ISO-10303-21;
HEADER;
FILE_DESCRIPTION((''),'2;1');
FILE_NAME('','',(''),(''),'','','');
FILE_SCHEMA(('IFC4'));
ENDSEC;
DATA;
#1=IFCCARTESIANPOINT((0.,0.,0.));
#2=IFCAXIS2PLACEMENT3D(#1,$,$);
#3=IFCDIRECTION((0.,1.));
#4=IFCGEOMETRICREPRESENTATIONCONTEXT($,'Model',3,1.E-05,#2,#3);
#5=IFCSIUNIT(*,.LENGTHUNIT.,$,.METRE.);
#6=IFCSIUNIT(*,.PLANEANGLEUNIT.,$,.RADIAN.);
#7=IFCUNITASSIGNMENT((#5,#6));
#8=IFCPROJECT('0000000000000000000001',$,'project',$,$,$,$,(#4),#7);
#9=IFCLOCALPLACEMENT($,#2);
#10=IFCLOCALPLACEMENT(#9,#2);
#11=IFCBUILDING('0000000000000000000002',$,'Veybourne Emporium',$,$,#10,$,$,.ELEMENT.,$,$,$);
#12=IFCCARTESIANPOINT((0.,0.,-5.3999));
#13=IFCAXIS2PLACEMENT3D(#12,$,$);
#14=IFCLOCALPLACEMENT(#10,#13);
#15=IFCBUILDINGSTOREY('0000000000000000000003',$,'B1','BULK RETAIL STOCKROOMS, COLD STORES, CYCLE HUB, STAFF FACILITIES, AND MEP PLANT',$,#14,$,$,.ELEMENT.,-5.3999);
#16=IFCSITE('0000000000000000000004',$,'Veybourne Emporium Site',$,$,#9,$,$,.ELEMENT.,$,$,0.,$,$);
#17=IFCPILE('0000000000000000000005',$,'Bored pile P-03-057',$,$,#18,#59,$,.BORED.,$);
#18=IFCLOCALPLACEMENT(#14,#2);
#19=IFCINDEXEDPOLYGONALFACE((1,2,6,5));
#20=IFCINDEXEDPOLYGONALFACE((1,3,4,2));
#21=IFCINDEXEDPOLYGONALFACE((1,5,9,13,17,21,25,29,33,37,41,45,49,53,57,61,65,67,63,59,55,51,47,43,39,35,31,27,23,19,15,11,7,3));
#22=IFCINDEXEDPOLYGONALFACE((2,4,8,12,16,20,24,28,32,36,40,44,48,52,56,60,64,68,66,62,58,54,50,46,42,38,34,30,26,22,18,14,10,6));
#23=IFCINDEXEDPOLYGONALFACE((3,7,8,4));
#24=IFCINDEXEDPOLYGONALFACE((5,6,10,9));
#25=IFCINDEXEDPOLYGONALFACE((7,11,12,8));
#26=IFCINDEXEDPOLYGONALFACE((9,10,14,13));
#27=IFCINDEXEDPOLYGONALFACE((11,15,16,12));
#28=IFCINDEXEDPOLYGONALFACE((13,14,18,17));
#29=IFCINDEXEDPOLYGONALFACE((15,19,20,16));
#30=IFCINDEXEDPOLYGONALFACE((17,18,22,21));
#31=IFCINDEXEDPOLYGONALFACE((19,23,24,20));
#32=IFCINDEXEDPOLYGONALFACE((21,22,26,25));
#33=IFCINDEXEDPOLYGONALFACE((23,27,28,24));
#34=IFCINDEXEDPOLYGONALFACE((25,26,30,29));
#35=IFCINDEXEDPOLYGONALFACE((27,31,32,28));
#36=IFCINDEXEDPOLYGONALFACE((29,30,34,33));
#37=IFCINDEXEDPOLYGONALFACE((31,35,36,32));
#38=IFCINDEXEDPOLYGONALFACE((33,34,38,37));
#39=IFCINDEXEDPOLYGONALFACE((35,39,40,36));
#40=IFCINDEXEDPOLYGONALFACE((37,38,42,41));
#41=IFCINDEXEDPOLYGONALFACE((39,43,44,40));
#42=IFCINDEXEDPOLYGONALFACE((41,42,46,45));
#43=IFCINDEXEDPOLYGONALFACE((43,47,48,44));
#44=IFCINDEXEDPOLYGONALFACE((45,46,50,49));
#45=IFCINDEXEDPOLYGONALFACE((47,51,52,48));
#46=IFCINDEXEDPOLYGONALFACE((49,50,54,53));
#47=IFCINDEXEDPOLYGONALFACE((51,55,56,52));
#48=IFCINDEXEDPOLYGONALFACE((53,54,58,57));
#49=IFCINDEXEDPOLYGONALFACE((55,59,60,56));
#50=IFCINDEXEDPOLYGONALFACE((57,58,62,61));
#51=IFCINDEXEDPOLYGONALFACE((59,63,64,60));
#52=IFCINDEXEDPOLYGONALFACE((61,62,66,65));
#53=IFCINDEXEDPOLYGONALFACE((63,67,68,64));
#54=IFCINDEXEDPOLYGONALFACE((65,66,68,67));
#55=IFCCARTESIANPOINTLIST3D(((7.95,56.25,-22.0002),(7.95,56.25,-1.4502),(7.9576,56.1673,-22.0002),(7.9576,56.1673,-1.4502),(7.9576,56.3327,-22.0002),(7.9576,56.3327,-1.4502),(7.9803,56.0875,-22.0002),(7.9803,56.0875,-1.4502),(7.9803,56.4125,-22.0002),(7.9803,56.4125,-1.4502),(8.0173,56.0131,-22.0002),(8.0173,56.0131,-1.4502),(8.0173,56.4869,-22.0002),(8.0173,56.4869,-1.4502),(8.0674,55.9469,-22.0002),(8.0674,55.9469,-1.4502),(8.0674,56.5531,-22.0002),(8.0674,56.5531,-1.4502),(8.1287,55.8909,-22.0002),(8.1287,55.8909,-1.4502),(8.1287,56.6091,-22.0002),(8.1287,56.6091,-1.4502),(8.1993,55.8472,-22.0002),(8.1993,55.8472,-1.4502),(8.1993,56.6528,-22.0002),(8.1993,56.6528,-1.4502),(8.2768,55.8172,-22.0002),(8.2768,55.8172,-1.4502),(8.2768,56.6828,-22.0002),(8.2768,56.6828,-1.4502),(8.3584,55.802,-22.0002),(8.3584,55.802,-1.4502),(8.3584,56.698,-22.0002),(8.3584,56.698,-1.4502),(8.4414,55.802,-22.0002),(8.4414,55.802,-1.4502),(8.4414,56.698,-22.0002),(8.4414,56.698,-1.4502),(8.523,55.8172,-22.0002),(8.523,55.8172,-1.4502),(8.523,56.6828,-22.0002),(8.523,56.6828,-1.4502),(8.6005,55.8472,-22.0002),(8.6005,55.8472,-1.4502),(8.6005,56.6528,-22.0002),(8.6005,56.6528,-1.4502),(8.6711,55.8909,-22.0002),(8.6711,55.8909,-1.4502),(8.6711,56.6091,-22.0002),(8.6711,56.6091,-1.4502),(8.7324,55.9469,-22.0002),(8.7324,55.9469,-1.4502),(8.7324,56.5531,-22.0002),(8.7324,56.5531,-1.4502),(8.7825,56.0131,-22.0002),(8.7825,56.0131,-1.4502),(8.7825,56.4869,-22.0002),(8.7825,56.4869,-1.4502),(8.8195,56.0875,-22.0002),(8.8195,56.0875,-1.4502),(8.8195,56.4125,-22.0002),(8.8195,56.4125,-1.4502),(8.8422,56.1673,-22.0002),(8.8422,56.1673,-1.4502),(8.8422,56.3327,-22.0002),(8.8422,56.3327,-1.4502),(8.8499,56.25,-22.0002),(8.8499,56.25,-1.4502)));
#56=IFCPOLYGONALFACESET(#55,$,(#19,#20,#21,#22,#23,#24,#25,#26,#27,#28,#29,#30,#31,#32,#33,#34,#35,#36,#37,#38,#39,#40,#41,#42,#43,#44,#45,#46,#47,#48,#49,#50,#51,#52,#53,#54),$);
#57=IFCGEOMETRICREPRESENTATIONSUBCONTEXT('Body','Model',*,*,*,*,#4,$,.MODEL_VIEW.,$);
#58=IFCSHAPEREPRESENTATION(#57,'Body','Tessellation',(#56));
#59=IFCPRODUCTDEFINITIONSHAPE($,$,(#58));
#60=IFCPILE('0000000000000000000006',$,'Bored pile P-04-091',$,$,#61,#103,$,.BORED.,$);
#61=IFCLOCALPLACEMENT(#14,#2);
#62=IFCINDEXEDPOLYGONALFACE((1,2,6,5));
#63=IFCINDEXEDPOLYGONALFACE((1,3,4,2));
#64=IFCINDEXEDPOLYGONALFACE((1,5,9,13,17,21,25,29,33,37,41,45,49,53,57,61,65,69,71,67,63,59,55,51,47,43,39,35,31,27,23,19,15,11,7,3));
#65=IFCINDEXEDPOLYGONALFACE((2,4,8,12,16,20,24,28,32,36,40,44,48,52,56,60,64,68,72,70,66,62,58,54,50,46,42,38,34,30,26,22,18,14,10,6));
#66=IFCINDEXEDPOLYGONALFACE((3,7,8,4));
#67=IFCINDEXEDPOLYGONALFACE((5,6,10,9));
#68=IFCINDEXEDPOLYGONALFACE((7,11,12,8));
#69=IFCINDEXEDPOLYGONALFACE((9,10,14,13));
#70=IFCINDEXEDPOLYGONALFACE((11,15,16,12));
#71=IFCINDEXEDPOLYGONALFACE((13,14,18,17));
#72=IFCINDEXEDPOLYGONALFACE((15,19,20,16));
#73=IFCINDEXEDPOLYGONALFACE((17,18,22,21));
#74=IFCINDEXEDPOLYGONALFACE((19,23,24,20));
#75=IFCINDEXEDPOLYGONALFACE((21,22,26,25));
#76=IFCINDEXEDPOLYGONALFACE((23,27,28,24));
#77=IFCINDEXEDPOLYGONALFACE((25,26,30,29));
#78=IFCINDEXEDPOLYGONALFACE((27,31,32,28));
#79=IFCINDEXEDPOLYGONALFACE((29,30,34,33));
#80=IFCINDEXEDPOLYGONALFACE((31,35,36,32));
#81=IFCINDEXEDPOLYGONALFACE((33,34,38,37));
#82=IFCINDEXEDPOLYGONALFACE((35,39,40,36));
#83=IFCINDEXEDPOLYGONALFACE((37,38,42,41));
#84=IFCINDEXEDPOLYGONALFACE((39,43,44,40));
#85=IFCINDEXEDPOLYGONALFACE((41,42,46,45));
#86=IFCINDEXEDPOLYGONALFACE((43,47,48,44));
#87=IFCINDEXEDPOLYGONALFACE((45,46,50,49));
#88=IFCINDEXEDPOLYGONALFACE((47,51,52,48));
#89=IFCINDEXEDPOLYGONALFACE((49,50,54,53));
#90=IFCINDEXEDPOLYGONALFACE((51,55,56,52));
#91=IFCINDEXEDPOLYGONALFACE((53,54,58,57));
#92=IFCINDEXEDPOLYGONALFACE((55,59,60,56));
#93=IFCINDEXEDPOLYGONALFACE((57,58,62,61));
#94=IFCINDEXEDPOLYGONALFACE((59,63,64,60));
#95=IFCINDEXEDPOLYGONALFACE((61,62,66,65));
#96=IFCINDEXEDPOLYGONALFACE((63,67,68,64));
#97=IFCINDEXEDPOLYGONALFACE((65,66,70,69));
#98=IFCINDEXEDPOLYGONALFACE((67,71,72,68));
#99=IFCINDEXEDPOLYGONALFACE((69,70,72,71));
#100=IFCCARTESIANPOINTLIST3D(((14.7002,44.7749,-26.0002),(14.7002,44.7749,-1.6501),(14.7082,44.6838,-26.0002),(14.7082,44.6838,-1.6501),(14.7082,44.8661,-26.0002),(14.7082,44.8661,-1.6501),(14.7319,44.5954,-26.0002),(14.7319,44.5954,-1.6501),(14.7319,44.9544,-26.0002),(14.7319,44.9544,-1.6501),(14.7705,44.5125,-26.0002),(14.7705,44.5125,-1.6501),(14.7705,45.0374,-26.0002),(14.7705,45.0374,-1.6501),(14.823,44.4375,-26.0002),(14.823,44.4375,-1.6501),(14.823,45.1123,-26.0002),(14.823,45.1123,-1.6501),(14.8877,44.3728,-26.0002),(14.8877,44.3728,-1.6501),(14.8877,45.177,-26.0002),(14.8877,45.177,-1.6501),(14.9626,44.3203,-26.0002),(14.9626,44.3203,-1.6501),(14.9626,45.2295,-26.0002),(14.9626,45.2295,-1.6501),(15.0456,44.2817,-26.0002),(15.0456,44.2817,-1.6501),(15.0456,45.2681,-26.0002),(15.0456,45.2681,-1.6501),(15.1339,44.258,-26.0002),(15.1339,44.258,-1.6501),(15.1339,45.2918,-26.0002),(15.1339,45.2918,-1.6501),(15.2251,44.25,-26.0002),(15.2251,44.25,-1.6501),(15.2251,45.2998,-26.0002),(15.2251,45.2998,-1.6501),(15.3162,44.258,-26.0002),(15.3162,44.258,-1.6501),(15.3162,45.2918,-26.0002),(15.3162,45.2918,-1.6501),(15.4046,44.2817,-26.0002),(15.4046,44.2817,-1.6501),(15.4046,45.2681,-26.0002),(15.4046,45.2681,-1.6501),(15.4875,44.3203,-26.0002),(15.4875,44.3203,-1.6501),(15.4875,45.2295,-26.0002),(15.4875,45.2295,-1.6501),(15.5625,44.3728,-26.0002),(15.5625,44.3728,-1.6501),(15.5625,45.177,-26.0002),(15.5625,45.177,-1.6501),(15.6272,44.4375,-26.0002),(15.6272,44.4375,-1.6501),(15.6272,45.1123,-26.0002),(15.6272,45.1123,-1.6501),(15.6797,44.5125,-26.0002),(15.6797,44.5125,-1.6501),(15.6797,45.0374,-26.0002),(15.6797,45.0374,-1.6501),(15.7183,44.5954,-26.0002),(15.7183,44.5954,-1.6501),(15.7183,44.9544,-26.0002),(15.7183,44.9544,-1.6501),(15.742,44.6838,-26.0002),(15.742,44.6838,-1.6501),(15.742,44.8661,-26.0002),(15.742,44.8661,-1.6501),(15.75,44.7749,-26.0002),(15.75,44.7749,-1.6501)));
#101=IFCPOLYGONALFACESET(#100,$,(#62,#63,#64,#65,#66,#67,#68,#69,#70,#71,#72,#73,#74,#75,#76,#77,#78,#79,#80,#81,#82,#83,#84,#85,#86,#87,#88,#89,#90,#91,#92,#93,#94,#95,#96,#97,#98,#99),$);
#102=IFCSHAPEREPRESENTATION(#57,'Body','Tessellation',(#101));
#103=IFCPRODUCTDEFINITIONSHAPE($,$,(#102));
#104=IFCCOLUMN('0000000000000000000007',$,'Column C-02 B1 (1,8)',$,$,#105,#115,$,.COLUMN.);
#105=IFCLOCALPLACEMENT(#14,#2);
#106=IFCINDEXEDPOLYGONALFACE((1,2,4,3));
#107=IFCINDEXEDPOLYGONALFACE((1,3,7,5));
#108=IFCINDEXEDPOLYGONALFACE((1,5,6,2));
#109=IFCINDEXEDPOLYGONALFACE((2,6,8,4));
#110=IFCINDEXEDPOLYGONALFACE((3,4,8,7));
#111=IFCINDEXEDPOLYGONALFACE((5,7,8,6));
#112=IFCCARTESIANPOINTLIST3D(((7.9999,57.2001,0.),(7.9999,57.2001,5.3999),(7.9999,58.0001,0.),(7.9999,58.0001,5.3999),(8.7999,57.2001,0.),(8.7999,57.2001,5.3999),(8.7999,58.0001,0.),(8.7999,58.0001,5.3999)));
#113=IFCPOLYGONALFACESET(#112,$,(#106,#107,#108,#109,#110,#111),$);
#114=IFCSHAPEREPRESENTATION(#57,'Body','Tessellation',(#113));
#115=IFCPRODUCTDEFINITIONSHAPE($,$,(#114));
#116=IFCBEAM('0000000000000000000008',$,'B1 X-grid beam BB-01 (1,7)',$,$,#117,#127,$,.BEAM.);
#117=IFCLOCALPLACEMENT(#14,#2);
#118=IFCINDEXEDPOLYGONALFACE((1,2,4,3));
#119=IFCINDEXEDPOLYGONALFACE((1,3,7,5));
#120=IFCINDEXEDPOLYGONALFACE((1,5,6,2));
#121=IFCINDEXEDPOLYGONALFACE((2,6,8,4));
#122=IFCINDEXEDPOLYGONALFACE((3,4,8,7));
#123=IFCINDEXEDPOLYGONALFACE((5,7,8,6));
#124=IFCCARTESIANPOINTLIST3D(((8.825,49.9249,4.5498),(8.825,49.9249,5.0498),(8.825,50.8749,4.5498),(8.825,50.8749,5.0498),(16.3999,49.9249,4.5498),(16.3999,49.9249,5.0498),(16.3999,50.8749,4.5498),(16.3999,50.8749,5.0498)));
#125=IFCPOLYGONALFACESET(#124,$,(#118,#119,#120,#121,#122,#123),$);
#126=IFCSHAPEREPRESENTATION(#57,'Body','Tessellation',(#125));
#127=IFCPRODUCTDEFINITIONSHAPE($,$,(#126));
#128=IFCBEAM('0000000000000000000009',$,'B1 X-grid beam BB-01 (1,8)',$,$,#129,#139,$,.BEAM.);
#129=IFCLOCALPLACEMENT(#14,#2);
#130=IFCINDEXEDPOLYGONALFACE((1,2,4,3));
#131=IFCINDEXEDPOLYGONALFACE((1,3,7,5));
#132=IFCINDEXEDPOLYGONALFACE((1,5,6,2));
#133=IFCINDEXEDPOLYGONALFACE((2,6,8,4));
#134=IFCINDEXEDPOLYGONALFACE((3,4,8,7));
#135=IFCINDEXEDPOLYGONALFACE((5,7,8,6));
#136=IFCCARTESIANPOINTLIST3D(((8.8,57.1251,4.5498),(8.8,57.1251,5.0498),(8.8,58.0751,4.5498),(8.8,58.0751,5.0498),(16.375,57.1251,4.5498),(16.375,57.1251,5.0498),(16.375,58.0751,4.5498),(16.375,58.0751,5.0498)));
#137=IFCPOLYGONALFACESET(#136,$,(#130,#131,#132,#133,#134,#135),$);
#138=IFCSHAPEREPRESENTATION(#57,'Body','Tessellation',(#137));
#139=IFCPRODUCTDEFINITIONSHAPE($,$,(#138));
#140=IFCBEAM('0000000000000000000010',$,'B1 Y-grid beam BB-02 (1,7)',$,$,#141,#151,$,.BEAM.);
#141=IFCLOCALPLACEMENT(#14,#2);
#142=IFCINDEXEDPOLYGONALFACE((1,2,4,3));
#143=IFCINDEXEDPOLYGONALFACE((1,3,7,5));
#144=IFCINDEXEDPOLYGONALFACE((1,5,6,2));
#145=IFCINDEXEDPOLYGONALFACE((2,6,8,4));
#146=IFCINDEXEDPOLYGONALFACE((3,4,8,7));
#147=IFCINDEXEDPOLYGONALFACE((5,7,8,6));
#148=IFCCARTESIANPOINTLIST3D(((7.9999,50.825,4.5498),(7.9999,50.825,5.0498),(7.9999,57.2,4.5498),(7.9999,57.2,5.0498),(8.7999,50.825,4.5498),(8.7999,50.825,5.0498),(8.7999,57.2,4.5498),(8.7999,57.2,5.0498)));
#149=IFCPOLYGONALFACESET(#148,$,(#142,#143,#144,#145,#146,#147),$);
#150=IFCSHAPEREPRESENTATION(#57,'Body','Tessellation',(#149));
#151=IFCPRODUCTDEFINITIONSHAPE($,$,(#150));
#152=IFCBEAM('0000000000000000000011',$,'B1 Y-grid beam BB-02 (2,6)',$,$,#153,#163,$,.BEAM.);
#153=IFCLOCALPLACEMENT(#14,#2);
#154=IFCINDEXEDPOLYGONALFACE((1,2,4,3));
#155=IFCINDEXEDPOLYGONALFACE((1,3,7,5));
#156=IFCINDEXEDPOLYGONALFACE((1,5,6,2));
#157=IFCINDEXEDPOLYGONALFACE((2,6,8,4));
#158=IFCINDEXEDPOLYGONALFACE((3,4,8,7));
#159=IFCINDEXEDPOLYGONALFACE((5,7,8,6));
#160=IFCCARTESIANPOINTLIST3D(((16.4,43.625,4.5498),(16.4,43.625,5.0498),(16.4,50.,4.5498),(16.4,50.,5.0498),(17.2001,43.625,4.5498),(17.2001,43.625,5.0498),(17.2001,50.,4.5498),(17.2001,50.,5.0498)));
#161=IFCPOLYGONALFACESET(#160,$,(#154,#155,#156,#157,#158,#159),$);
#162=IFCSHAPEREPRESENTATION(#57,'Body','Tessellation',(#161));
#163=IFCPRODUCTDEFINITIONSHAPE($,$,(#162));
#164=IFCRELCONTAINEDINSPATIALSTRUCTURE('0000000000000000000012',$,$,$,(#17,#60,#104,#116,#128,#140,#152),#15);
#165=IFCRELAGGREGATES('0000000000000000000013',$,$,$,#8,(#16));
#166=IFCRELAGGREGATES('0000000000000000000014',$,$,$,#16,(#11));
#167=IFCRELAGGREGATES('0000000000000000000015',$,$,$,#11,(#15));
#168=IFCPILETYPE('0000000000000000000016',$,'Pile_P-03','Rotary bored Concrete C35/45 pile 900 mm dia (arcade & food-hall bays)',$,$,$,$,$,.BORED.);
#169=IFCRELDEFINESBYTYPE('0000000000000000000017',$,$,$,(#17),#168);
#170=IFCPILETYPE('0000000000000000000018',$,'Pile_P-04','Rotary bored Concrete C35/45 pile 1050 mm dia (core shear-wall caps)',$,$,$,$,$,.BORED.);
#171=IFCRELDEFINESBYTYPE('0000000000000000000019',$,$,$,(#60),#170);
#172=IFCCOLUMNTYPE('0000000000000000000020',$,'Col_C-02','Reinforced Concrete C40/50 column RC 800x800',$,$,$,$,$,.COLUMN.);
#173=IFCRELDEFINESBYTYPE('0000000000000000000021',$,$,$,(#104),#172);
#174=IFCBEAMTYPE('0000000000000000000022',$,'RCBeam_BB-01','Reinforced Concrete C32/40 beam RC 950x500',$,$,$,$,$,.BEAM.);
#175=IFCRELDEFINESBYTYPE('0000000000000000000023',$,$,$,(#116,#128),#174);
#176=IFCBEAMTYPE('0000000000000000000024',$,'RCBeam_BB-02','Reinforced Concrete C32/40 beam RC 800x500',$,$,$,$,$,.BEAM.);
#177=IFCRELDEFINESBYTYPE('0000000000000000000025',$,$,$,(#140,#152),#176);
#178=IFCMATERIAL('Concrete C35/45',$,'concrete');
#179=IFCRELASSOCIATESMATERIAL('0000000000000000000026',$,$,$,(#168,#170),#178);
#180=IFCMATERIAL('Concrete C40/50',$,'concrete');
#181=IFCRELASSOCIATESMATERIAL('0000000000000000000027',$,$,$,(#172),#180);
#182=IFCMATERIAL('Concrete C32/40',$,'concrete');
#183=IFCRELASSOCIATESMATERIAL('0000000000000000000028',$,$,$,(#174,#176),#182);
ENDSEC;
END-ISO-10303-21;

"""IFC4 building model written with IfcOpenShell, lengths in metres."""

from ifc_helpers import new_model, si_unit, direction, frame, origin, origin_2d, place, context, subcontext, project, spatial, rectangle, circle, extrude, material, material_profile, profile_set, type_object, element, save


model = new_model("IFC4")

# Units and contexts
model_context = context("Model", 3, precision=1e-05, world=origin(), true_north=direction((0.0, 1.0)))
body_context = subcontext(model_context, "Body", "Model", "MODEL_VIEW")
ifc_project = project(units=[si_unit("LENGTHUNIT", "METRE"), si_unit("PLANEANGLEUNIT", "RADIAN")], contexts=[model_context])

# Site, building, storey
site_placement = place(None, origin())
site = spatial("IfcSite", under=ifc_project, at=site_placement, Name="Veybourne Emporium Site", CompositionType="ELEMENT", RefElevation=0.0)
building_placement = place(site_placement, origin())
building = spatial("IfcBuilding", under=site, at=building_placement, Name="Veybourne Emporium", CompositionType="ELEMENT")
storey_placement = place(building_placement, frame((0.0, 0.0, -5.3999)))
storey = spatial("IfcBuildingStorey", under=building, at=storey_placement, Name="B1", Description="BULK RETAIL STOCKROOMS, COLD STORES, CYCLE HUB, STAFF FACILITIES, AND MEP PLANT", CompositionType="ELEMENT", Elevation=-5.3999)

# Shared definitions
ifc_material_1 = material(Name="Concrete C35/45", Category="concrete")

# Piles
ifc_material_profile_1 = material_profile(ifc_material_1, circle(Radius=0.45, at=origin_2d()), Name="BORED PILE 900")
ifc_profile_set_1 = profile_set([ifc_material_profile_1], Name="Concrete C35/45")
pile_type_1 = type_object("IfcPileType", Name="Pile_P-03", Description="Rotary bored Concrete C35/45 pile 900 mm dia (arcade & food-hall bays)", PredefinedType="BORED", material=ifc_profile_set_1)
pile_1_placement = place(storey_placement, frame((8.3999, 56.25, -1.4502), z_axis=(0.0, 0.0, -1.0), x_axis=(1.0, 0.0, 0.0)))
element("IfcPile", 1, at=pile_1_placement, inside=storey, type_object=pile_type_1, Name="Bored pile P-03-057", PredefinedType="BORED", context=body_context, shape_type="SweptSolid", body=[
    extrude(circle(Radius=0.45, at=origin_2d()), origin(), (0.0, 0.0, 1.0), 20.55),
])
ifc_material_profile_2 = material_profile(ifc_material_1, circle(Radius=0.5249, at=origin_2d()), Name="BORED PILE 1050")
ifc_profile_set_2 = profile_set([ifc_material_profile_2], Name="Concrete C35/45")
pile_type_2 = type_object("IfcPileType", Name="Pile_P-04", Description="Rotary bored Concrete C35/45 pile 1050 mm dia (core shear-wall caps)", PredefinedType="BORED", material=ifc_profile_set_2)
pile_2_placement = place(storey_placement, frame((15.2251, 44.7749, -1.6501), z_axis=(0.0, 0.0, -1.0), x_axis=(1.0, 0.0, 0.0)))
element("IfcPile", 2, at=pile_2_placement, inside=storey, type_object=pile_type_2, Name="Bored pile P-04-091", PredefinedType="BORED", context=body_context, shape_type="SweptSolid", body=[
    extrude(circle(Radius=0.5249, at=origin_2d()), origin(), (0.0, 0.0, 1.0), 24.3501),
])

# Column
ifc_material_2 = material(Name="Concrete C40/50", Category="concrete")
ifc_material_profile_3 = material_profile(ifc_material_2, rectangle(XDim=0.8, YDim=0.8, at=origin_2d()), Name="RC 800x800")
ifc_profile_set_3 = profile_set([ifc_material_profile_3], Name="Concrete C40/50")
column_type = type_object("IfcColumnType", Name="Col_C-02", Description="Reinforced Concrete C40/50 column RC 800x800", PredefinedType="COLUMN", material=ifc_profile_set_3)
column_placement = place(storey_placement, frame((8.3999, 57.6001, 0.0), z_axis=(0.0, 0.0, 1.0), x_axis=(1.0, 0.0, 0.0)))
element("IfcColumn", 3, at=column_placement, inside=storey, type_object=column_type, Name="Column C-02 B1 (1,8)", PredefinedType="COLUMN", context=body_context, shape_type="SweptSolid", body=[
    extrude(rectangle(XDim=0.8, YDim=0.8, at=origin_2d()), origin(), (0.0, 0.0, 1.0), 5.3999),
])

# Beams
ifc_material_3 = material(Name="Concrete C32/40", Category="concrete")
ifc_material_profile_4 = material_profile(ifc_material_3, rectangle(XDim=0.95, YDim=0.5, at=origin_2d()), Name="RC 950x500")
ifc_profile_set_4 = profile_set([ifc_material_profile_4], Name="Concrete C32/40")
beam_type_1 = type_object("IfcBeamType", Name="RCBeam_BB-01", Description="Reinforced Concrete C32/40 beam RC 950x500", PredefinedType="BEAM", material=ifc_profile_set_4)
for number, where, z_axis, x_axis, name in (
    (4, (8.825, 50.3999, 4.7998), (1.0, 0.0, 0.0), (0.0, 1.0, 0.0), "B1 X-grid beam BB-01 (1,7)"),
    (5, (8.8, 57.6001, 4.7998), (1.0, 0.0, 0.0), (0.0, 1.0, 0.0), "B1 X-grid beam BB-01 (1,8)"),
):
    element("IfcBeam", number, at=place(storey_placement, frame(where, z_axis=z_axis, x_axis=x_axis)), inside=storey, type_object=beam_type_1, Name=name, PredefinedType="BEAM", context=body_context, shape_type="SweptSolid", body=[
        extrude(rectangle(XDim=0.95, YDim=0.5, at=origin_2d()), origin(), (0.0, 0.0, 1.0), 7.575),
    ])
ifc_material_profile_5 = material_profile(ifc_material_3, rectangle(XDim=0.8, YDim=0.5, at=origin_2d()), Name="RC 800x500")
ifc_profile_set_5 = profile_set([ifc_material_profile_5], Name="Concrete C32/40")
beam_type_2 = type_object("IfcBeamType", Name="RCBeam_BB-02", Description="Reinforced Concrete C32/40 beam RC 800x500", PredefinedType="BEAM", material=ifc_profile_set_5)
for number, where, z_axis, x_axis, name in (
    (6, (8.3999, 50.825, 4.7998), (0.0, 1.0, 0.0), (-1.0, 0.0, 0.0), "B1 Y-grid beam BB-02 (1,7)"),
    (7, (16.8, 43.625, 4.7998), (0.0, 1.0, 0.0), (-1.0, 0.0, 0.0), "B1 Y-grid beam BB-02 (2,6)"),
):
    element("IfcBeam", number, at=place(storey_placement, frame(where, z_axis=z_axis, x_axis=x_axis)), inside=storey, type_object=beam_type_2, Name=name, PredefinedType="BEAM", context=body_context, shape_type="SweptSolid", body=[
        extrude(rectangle(XDim=0.8, YDim=0.5, at=origin_2d()), origin(), (0.0, 0.0, 1.0), 6.375),
    ])

save(model, "model.ifc")
